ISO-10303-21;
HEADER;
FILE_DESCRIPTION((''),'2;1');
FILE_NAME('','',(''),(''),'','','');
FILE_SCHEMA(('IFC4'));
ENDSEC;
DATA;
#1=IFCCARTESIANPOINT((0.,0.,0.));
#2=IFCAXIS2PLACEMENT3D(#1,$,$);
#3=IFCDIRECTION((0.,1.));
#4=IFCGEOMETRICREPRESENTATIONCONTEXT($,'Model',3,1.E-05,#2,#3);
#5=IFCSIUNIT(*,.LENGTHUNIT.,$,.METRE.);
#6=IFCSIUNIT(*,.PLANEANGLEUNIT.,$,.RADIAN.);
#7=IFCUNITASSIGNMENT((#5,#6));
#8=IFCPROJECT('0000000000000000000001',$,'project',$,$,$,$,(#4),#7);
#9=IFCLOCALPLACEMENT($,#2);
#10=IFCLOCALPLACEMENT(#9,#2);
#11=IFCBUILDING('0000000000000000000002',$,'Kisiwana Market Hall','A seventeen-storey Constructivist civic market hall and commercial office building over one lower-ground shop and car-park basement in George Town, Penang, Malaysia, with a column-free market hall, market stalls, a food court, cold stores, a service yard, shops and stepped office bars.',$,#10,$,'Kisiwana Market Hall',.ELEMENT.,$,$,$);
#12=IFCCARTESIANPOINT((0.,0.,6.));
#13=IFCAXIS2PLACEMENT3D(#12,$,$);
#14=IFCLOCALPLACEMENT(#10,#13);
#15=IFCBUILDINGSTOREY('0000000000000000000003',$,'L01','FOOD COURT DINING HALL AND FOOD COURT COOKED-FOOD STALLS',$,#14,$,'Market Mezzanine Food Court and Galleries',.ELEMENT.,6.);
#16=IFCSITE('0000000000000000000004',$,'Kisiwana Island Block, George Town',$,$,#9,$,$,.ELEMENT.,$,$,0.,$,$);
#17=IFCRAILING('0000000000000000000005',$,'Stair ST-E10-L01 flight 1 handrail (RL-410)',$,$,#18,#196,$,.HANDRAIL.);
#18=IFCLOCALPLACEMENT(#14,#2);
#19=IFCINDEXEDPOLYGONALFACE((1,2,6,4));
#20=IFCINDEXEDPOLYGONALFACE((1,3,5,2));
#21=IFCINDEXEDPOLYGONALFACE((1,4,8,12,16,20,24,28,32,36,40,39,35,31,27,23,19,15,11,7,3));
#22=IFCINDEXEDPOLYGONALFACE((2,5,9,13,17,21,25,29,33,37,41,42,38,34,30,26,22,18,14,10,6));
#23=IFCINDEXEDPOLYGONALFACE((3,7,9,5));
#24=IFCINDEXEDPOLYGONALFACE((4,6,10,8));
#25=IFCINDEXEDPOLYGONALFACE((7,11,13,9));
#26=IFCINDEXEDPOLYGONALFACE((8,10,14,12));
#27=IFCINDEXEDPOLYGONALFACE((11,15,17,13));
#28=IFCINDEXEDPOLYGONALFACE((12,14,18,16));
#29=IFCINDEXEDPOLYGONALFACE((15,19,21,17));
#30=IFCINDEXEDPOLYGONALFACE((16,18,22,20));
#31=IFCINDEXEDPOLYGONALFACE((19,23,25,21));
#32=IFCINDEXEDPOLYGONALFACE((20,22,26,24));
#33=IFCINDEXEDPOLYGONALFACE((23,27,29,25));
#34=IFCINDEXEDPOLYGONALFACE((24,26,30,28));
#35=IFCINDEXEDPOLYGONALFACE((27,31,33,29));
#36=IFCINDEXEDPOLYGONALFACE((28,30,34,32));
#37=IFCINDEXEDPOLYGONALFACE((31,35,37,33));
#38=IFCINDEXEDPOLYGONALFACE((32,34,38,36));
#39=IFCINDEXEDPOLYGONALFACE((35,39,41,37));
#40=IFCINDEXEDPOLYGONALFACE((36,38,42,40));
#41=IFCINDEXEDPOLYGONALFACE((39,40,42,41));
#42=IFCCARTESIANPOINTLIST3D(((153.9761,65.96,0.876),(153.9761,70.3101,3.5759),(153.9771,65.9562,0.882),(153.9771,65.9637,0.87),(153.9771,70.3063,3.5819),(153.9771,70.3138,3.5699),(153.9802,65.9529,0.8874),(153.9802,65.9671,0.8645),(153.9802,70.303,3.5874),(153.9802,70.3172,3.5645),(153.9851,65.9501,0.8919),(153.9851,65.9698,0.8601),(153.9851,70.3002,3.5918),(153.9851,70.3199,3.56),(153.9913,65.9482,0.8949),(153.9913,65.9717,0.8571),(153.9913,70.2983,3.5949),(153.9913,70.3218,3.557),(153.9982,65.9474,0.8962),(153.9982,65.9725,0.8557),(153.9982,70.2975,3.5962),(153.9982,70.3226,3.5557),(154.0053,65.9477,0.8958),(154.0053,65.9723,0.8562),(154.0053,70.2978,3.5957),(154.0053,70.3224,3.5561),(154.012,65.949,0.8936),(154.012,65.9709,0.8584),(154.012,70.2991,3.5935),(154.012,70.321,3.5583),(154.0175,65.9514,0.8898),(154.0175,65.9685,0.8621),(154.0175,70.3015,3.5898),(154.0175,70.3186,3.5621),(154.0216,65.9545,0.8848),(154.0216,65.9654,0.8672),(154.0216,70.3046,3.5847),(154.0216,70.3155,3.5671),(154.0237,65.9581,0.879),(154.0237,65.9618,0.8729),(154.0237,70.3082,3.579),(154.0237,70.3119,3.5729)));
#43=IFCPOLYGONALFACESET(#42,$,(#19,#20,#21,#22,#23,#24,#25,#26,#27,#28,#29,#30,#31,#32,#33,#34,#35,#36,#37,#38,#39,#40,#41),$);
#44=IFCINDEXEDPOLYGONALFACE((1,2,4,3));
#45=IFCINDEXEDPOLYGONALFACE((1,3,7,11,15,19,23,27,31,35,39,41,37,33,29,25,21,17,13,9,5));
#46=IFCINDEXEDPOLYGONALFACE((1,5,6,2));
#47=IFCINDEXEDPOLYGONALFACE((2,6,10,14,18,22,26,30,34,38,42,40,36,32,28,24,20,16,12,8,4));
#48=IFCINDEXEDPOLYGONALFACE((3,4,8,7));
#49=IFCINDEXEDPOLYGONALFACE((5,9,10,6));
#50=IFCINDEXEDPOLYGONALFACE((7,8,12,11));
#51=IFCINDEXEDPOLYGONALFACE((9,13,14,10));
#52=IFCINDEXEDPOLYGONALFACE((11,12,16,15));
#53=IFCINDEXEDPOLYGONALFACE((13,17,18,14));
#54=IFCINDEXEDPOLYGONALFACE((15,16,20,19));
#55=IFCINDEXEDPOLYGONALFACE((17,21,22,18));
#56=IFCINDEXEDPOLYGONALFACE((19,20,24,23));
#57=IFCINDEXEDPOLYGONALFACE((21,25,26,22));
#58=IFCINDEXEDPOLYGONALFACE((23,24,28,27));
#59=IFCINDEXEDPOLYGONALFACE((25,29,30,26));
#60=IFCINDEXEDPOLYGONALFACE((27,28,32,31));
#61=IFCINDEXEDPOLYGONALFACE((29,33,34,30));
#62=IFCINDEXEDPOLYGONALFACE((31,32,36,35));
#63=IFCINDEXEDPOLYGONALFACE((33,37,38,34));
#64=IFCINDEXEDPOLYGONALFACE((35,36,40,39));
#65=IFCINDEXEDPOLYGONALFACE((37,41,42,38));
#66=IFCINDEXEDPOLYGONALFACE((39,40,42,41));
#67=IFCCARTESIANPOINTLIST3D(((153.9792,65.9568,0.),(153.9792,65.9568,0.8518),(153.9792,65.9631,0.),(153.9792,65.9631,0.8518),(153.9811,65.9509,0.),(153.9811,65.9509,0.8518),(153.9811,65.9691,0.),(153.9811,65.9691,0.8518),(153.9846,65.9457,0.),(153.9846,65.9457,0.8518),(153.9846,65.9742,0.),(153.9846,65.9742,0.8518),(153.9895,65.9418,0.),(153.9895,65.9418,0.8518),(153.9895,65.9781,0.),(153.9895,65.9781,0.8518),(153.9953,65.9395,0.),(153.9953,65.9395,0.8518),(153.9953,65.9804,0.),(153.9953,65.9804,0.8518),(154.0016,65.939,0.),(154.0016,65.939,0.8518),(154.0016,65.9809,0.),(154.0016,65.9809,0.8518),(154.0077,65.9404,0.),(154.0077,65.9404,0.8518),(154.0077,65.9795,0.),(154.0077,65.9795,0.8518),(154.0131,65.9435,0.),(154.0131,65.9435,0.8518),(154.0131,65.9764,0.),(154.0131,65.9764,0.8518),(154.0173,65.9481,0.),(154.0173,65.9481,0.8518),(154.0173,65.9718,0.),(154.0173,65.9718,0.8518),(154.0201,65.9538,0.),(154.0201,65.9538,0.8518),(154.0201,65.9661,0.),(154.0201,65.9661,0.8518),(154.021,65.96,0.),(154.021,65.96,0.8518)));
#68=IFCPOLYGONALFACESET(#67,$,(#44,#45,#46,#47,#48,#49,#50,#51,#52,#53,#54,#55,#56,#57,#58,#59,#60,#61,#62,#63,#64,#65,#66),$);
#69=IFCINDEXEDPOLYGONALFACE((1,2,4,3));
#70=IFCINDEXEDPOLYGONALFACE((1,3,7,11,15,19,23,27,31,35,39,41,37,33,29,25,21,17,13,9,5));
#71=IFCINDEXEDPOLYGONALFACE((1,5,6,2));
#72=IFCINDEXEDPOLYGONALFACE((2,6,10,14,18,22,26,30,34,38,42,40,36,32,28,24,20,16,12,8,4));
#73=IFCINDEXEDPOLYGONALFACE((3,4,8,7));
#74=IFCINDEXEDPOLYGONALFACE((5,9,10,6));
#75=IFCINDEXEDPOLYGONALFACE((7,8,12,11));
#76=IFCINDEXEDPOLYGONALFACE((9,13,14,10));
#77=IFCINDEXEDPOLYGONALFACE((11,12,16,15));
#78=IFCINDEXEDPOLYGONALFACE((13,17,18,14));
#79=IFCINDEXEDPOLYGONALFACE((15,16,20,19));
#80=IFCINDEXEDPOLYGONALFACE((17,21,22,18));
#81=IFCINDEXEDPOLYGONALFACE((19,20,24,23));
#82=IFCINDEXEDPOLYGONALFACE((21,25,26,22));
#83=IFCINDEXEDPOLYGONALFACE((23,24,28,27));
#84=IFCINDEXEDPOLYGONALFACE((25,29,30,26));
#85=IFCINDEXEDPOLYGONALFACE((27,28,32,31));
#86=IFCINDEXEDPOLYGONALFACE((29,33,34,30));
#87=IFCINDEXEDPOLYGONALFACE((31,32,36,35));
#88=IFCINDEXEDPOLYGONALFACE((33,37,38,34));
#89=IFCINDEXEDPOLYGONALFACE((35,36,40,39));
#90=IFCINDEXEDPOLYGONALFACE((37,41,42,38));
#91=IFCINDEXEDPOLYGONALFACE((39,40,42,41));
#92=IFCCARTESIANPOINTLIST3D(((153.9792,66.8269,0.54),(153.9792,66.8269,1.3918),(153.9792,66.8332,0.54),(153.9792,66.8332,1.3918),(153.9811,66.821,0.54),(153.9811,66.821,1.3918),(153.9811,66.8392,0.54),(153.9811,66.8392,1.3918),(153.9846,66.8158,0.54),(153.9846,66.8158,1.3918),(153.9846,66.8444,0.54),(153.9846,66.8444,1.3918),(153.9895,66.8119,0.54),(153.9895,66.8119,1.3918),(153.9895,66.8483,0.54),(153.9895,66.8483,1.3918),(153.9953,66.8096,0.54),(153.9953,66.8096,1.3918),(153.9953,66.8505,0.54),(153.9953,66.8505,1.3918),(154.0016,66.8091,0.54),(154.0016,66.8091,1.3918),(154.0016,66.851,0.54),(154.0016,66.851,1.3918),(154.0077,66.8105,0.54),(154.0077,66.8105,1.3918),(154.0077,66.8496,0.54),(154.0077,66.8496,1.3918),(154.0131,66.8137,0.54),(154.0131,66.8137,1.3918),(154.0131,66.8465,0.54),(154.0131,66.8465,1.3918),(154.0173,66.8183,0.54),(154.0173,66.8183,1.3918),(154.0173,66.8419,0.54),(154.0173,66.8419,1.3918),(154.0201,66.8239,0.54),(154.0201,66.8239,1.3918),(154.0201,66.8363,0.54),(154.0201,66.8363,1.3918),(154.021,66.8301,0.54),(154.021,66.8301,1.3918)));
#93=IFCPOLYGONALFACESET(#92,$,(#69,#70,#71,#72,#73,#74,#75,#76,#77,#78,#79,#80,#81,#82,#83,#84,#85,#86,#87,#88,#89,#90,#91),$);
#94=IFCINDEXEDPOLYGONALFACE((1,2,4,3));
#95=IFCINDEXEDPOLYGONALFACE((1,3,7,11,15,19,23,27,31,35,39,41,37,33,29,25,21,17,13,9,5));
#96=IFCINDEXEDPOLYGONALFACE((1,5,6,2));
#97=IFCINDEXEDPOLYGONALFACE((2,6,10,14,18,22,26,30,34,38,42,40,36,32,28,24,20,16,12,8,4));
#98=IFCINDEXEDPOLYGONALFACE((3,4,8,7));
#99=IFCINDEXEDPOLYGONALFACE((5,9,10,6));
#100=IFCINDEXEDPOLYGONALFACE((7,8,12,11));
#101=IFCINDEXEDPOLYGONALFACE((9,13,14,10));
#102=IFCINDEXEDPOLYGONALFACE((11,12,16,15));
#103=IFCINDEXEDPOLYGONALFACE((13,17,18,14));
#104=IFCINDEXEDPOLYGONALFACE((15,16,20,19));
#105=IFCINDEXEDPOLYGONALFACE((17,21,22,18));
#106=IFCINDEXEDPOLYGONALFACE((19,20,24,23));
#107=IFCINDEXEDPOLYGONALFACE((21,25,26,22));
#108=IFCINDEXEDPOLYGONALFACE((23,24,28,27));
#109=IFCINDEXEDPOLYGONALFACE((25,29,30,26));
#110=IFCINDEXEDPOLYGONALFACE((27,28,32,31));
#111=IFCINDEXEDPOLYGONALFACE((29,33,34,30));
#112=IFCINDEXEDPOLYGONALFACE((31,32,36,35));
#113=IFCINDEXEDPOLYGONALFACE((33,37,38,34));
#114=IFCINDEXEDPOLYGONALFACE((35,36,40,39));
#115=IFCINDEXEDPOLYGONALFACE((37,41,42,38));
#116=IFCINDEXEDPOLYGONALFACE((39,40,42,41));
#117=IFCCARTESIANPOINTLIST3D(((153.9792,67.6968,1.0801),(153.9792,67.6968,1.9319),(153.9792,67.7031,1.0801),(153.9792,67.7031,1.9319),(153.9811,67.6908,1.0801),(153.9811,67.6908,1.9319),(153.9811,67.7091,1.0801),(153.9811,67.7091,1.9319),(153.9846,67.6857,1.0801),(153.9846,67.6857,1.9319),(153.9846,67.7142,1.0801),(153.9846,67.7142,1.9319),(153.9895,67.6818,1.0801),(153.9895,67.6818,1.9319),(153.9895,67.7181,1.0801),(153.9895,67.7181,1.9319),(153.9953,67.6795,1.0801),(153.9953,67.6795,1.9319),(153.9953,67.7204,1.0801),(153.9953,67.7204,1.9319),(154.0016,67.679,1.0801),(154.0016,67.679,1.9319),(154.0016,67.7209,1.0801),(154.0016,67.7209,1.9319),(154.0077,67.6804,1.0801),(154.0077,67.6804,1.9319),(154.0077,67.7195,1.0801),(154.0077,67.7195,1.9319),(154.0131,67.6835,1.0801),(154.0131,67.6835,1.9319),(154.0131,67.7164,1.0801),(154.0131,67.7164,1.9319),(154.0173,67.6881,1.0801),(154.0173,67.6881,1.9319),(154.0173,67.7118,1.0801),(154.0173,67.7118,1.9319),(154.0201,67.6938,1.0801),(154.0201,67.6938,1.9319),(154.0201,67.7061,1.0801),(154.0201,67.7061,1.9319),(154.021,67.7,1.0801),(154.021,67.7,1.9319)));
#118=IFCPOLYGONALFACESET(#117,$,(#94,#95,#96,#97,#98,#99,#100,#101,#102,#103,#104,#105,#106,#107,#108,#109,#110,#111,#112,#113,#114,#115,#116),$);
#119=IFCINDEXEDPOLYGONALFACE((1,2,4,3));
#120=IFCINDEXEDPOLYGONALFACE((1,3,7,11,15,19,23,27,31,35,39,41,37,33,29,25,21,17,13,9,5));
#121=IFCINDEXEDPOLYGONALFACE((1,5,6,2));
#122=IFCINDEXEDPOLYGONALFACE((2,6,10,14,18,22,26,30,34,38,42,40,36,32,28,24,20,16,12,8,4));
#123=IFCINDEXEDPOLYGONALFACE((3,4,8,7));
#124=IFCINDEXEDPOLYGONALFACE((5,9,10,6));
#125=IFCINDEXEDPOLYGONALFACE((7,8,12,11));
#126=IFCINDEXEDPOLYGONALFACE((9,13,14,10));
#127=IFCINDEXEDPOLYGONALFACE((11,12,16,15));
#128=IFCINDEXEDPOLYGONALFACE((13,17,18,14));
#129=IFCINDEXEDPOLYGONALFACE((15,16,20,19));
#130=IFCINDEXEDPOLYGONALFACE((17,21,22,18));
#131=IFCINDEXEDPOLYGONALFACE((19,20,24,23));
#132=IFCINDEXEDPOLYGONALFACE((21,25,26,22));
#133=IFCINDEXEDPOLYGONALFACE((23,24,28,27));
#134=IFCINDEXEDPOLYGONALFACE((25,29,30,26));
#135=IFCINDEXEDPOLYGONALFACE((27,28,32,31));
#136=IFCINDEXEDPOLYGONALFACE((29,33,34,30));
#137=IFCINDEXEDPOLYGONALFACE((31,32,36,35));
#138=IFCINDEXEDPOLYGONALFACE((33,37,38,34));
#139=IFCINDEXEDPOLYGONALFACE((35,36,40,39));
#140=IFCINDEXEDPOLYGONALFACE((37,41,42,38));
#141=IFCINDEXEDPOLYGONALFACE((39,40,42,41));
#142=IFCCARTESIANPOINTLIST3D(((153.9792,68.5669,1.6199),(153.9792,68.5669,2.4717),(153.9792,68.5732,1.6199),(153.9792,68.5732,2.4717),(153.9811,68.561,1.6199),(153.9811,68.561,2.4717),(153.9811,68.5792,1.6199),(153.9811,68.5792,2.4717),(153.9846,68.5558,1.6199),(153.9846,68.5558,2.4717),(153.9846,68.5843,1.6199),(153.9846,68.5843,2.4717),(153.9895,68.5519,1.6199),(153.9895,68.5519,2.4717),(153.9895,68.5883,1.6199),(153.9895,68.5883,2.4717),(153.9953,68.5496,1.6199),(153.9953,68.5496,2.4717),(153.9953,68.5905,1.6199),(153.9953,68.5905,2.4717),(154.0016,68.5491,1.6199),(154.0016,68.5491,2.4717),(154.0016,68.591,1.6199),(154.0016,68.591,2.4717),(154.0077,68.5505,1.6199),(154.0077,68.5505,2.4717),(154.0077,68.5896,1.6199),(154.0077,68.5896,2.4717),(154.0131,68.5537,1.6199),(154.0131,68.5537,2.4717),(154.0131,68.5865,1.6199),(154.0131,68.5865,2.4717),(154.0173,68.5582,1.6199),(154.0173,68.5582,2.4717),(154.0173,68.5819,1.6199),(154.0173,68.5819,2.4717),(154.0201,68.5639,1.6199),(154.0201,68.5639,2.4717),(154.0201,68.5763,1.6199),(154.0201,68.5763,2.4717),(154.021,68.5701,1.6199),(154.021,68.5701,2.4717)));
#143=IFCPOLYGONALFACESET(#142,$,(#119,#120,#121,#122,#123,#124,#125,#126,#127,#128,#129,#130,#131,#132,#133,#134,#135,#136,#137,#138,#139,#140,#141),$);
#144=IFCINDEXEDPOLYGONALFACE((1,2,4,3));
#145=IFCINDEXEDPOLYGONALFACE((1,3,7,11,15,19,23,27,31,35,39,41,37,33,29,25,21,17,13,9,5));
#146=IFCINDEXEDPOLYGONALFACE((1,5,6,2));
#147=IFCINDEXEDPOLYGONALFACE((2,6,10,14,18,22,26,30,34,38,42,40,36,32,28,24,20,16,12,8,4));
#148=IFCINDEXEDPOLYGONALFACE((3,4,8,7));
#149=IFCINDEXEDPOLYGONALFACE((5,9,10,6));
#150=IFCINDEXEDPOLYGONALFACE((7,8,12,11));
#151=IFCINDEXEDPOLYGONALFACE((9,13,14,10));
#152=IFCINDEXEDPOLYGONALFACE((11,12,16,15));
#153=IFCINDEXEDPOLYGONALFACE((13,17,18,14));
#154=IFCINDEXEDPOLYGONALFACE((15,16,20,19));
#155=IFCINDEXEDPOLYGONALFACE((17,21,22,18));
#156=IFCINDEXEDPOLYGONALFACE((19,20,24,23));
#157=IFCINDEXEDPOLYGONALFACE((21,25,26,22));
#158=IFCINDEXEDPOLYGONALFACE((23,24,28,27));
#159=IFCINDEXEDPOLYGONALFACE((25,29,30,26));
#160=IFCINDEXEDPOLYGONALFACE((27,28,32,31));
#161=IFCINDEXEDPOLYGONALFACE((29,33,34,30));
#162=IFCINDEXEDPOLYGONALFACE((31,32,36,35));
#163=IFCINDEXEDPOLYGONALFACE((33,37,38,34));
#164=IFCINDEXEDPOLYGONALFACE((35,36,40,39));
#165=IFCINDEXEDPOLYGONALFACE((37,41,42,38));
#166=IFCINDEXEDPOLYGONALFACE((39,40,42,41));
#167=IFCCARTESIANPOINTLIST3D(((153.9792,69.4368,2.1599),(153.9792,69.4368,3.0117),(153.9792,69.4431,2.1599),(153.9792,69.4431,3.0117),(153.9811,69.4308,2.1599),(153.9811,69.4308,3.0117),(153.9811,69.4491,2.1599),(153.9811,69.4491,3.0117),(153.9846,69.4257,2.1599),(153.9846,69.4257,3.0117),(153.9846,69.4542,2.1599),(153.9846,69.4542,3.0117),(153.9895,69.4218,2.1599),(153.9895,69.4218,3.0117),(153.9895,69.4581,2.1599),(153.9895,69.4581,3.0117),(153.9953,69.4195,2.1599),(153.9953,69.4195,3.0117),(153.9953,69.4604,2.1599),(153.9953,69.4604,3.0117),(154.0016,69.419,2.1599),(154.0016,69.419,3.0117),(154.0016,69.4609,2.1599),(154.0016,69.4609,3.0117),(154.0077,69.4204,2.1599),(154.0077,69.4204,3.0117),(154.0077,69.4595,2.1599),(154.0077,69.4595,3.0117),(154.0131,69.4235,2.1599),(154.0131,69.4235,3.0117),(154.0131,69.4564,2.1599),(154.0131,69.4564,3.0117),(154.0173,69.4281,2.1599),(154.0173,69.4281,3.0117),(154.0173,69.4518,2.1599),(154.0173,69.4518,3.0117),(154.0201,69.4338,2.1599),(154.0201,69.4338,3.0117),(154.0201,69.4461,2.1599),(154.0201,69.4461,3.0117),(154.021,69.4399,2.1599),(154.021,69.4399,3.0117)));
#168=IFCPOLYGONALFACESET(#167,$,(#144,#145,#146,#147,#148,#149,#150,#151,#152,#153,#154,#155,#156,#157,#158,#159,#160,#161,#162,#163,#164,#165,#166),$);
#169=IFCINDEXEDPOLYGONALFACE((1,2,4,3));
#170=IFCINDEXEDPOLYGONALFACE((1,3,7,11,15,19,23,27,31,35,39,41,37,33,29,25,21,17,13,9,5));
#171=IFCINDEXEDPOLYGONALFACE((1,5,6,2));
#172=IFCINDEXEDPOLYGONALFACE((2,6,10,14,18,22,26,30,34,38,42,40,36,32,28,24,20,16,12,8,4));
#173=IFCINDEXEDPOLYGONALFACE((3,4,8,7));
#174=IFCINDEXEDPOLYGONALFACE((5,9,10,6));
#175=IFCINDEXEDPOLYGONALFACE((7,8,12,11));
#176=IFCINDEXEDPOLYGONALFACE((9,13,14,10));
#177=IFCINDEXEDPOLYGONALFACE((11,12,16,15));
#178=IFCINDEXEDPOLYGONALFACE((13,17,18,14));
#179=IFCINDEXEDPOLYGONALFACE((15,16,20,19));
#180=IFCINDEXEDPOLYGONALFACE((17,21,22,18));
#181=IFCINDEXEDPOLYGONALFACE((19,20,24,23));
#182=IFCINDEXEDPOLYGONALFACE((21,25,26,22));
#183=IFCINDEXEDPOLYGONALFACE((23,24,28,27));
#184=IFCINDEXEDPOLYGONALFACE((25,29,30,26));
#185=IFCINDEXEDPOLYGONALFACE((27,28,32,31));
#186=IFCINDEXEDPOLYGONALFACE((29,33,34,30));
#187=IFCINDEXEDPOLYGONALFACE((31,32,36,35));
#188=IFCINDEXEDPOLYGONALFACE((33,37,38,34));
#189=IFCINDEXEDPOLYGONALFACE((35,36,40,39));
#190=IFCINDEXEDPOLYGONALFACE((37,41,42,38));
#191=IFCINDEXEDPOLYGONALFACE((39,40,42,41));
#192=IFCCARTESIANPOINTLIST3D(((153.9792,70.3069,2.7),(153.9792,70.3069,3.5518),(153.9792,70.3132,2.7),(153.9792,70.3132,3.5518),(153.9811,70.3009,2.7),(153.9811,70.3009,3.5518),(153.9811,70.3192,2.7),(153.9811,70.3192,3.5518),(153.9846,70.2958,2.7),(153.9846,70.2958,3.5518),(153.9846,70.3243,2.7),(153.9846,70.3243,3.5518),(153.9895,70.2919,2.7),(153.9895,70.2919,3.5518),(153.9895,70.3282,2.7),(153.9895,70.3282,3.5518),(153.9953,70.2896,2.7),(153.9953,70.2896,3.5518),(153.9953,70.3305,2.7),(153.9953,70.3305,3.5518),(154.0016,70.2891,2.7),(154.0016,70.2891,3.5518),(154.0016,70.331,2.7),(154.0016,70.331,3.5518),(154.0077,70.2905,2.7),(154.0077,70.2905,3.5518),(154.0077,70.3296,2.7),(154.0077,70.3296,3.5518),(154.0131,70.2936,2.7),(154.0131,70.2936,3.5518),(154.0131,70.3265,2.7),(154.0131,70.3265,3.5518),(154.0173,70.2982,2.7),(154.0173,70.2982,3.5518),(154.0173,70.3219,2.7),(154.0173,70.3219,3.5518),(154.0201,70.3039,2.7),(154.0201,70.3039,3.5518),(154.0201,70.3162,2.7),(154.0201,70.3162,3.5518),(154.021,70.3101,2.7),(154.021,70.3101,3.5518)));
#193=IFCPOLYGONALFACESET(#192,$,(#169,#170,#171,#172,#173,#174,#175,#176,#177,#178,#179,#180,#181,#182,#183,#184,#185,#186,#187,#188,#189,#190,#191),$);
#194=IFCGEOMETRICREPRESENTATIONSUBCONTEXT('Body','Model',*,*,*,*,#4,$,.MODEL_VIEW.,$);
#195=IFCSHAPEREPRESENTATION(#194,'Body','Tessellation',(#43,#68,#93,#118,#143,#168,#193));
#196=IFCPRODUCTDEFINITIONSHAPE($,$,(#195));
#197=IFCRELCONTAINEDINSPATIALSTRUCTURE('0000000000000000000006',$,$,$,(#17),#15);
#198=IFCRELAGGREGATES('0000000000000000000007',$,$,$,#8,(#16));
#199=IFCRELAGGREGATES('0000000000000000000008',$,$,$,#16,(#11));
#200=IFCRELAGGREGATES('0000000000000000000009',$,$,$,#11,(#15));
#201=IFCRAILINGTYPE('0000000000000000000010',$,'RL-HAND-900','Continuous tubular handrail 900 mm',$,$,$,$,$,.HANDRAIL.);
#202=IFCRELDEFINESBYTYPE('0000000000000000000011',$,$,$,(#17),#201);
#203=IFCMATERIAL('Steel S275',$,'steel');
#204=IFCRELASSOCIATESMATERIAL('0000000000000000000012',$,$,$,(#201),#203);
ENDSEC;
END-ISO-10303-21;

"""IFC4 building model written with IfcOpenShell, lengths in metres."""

from ifc_helpers import new_model, si_unit, direction, frame, origin, origin_2d, place, context, subcontext, project, spatial, circle, extrude, material, type_object, element, save


model = new_model("IFC4")

# Units and contexts
model_context = context("Model", 3, precision=1e-05, world=origin(), true_north=direction((0.0, 1.0)))
body_context = subcontext(model_context, "Body", "Model", "MODEL_VIEW")
ifc_project = project(units=[si_unit("LENGTHUNIT", "METRE"), si_unit("PLANEANGLEUNIT", "RADIAN")], contexts=[model_context])

# Site, building, storey
site_placement = place(None, origin())
site = spatial("IfcSite", under=ifc_project, at=site_placement, Name="Kisiwana Island Block, George Town", CompositionType="ELEMENT", RefElevation=0.0)
building_placement = place(site_placement, origin())
building = spatial("IfcBuilding", under=site, at=building_placement, Name="Kisiwana Market Hall", Description="A seventeen-storey Constructivist civic market hall and commercial office building over one lower-ground shop and car-park basement in George Town, Penang, Malaysia, with a column-free market hall, market stalls, a food court, cold stores, a service yard, shops and stepped office bars.", LongName="Kisiwana Market Hall", CompositionType="ELEMENT")
storey_placement = place(building_placement, frame((0.0, 0.0, 6.0)))
storey = spatial("IfcBuildingStorey", under=building, at=storey_placement, Name="L01", Description="FOOD COURT DINING HALL AND FOOD COURT COOKED-FOOD STALLS", LongName="Market Mezzanine Food Court and Galleries", CompositionType="ELEMENT", Elevation=6.0)

# Railing
ifc_material_1 = material(Name="Steel S275", Category="steel")
railing_type_1 = type_object("IfcRailingType", Name="RL-HAND-900", Description="Continuous tubular handrail 900 mm", PredefinedType="HANDRAIL", material=ifc_material_1)
railing_1_placement = place(storey_placement, frame((154.0, 65.96, 0.0)))
element("IfcRailing", 1, at=railing_1_placement, inside=storey, type_object=railing_type_1, Name="Stair ST-E10-L01 flight 1 handrail (RL-410)", PredefinedType="HANDRAIL", context=body_context, shape_type="SweptSolid", body=[
    extrude(circle(Radius=0.0239, at=origin_2d()), frame((0.0, 0.0, 0.876), z_axis=(0.0, 0.84965, 0.527347), x_axis=(-1.0, 0.0, 0.0)), (0.0, 0.0, 1.0), 5.1199),
    extrude(circle(Radius=0.021, at=origin_2d()), origin(), (0.0, 0.0, 1.0), 0.8518),
    extrude(circle(Radius=0.021, at=origin_2d()), frame((0.0, 0.8701, 0.54)), (0.0, 0.0, 1.0), 0.8518),
    extrude(circle(Radius=0.021, at=origin_2d()), frame((0.0, 1.74, 1.0801)), (0.0, 0.0, 1.0), 0.8518),
    extrude(circle(Radius=0.021, at=origin_2d()), frame((0.0, 2.6101, 1.6199)), (0.0, 0.0, 1.0), 0.8518),
    extrude(circle(Radius=0.021, at=origin_2d()), frame((0.0, 3.48, 2.1599)), (0.0, 0.0, 1.0), 0.8518),
    extrude(circle(Radius=0.021, at=origin_2d()), frame((0.0, 4.3501, 2.7)), (0.0, 0.0, 1.0), 0.8518),
])

save(model, "model.ifc")
